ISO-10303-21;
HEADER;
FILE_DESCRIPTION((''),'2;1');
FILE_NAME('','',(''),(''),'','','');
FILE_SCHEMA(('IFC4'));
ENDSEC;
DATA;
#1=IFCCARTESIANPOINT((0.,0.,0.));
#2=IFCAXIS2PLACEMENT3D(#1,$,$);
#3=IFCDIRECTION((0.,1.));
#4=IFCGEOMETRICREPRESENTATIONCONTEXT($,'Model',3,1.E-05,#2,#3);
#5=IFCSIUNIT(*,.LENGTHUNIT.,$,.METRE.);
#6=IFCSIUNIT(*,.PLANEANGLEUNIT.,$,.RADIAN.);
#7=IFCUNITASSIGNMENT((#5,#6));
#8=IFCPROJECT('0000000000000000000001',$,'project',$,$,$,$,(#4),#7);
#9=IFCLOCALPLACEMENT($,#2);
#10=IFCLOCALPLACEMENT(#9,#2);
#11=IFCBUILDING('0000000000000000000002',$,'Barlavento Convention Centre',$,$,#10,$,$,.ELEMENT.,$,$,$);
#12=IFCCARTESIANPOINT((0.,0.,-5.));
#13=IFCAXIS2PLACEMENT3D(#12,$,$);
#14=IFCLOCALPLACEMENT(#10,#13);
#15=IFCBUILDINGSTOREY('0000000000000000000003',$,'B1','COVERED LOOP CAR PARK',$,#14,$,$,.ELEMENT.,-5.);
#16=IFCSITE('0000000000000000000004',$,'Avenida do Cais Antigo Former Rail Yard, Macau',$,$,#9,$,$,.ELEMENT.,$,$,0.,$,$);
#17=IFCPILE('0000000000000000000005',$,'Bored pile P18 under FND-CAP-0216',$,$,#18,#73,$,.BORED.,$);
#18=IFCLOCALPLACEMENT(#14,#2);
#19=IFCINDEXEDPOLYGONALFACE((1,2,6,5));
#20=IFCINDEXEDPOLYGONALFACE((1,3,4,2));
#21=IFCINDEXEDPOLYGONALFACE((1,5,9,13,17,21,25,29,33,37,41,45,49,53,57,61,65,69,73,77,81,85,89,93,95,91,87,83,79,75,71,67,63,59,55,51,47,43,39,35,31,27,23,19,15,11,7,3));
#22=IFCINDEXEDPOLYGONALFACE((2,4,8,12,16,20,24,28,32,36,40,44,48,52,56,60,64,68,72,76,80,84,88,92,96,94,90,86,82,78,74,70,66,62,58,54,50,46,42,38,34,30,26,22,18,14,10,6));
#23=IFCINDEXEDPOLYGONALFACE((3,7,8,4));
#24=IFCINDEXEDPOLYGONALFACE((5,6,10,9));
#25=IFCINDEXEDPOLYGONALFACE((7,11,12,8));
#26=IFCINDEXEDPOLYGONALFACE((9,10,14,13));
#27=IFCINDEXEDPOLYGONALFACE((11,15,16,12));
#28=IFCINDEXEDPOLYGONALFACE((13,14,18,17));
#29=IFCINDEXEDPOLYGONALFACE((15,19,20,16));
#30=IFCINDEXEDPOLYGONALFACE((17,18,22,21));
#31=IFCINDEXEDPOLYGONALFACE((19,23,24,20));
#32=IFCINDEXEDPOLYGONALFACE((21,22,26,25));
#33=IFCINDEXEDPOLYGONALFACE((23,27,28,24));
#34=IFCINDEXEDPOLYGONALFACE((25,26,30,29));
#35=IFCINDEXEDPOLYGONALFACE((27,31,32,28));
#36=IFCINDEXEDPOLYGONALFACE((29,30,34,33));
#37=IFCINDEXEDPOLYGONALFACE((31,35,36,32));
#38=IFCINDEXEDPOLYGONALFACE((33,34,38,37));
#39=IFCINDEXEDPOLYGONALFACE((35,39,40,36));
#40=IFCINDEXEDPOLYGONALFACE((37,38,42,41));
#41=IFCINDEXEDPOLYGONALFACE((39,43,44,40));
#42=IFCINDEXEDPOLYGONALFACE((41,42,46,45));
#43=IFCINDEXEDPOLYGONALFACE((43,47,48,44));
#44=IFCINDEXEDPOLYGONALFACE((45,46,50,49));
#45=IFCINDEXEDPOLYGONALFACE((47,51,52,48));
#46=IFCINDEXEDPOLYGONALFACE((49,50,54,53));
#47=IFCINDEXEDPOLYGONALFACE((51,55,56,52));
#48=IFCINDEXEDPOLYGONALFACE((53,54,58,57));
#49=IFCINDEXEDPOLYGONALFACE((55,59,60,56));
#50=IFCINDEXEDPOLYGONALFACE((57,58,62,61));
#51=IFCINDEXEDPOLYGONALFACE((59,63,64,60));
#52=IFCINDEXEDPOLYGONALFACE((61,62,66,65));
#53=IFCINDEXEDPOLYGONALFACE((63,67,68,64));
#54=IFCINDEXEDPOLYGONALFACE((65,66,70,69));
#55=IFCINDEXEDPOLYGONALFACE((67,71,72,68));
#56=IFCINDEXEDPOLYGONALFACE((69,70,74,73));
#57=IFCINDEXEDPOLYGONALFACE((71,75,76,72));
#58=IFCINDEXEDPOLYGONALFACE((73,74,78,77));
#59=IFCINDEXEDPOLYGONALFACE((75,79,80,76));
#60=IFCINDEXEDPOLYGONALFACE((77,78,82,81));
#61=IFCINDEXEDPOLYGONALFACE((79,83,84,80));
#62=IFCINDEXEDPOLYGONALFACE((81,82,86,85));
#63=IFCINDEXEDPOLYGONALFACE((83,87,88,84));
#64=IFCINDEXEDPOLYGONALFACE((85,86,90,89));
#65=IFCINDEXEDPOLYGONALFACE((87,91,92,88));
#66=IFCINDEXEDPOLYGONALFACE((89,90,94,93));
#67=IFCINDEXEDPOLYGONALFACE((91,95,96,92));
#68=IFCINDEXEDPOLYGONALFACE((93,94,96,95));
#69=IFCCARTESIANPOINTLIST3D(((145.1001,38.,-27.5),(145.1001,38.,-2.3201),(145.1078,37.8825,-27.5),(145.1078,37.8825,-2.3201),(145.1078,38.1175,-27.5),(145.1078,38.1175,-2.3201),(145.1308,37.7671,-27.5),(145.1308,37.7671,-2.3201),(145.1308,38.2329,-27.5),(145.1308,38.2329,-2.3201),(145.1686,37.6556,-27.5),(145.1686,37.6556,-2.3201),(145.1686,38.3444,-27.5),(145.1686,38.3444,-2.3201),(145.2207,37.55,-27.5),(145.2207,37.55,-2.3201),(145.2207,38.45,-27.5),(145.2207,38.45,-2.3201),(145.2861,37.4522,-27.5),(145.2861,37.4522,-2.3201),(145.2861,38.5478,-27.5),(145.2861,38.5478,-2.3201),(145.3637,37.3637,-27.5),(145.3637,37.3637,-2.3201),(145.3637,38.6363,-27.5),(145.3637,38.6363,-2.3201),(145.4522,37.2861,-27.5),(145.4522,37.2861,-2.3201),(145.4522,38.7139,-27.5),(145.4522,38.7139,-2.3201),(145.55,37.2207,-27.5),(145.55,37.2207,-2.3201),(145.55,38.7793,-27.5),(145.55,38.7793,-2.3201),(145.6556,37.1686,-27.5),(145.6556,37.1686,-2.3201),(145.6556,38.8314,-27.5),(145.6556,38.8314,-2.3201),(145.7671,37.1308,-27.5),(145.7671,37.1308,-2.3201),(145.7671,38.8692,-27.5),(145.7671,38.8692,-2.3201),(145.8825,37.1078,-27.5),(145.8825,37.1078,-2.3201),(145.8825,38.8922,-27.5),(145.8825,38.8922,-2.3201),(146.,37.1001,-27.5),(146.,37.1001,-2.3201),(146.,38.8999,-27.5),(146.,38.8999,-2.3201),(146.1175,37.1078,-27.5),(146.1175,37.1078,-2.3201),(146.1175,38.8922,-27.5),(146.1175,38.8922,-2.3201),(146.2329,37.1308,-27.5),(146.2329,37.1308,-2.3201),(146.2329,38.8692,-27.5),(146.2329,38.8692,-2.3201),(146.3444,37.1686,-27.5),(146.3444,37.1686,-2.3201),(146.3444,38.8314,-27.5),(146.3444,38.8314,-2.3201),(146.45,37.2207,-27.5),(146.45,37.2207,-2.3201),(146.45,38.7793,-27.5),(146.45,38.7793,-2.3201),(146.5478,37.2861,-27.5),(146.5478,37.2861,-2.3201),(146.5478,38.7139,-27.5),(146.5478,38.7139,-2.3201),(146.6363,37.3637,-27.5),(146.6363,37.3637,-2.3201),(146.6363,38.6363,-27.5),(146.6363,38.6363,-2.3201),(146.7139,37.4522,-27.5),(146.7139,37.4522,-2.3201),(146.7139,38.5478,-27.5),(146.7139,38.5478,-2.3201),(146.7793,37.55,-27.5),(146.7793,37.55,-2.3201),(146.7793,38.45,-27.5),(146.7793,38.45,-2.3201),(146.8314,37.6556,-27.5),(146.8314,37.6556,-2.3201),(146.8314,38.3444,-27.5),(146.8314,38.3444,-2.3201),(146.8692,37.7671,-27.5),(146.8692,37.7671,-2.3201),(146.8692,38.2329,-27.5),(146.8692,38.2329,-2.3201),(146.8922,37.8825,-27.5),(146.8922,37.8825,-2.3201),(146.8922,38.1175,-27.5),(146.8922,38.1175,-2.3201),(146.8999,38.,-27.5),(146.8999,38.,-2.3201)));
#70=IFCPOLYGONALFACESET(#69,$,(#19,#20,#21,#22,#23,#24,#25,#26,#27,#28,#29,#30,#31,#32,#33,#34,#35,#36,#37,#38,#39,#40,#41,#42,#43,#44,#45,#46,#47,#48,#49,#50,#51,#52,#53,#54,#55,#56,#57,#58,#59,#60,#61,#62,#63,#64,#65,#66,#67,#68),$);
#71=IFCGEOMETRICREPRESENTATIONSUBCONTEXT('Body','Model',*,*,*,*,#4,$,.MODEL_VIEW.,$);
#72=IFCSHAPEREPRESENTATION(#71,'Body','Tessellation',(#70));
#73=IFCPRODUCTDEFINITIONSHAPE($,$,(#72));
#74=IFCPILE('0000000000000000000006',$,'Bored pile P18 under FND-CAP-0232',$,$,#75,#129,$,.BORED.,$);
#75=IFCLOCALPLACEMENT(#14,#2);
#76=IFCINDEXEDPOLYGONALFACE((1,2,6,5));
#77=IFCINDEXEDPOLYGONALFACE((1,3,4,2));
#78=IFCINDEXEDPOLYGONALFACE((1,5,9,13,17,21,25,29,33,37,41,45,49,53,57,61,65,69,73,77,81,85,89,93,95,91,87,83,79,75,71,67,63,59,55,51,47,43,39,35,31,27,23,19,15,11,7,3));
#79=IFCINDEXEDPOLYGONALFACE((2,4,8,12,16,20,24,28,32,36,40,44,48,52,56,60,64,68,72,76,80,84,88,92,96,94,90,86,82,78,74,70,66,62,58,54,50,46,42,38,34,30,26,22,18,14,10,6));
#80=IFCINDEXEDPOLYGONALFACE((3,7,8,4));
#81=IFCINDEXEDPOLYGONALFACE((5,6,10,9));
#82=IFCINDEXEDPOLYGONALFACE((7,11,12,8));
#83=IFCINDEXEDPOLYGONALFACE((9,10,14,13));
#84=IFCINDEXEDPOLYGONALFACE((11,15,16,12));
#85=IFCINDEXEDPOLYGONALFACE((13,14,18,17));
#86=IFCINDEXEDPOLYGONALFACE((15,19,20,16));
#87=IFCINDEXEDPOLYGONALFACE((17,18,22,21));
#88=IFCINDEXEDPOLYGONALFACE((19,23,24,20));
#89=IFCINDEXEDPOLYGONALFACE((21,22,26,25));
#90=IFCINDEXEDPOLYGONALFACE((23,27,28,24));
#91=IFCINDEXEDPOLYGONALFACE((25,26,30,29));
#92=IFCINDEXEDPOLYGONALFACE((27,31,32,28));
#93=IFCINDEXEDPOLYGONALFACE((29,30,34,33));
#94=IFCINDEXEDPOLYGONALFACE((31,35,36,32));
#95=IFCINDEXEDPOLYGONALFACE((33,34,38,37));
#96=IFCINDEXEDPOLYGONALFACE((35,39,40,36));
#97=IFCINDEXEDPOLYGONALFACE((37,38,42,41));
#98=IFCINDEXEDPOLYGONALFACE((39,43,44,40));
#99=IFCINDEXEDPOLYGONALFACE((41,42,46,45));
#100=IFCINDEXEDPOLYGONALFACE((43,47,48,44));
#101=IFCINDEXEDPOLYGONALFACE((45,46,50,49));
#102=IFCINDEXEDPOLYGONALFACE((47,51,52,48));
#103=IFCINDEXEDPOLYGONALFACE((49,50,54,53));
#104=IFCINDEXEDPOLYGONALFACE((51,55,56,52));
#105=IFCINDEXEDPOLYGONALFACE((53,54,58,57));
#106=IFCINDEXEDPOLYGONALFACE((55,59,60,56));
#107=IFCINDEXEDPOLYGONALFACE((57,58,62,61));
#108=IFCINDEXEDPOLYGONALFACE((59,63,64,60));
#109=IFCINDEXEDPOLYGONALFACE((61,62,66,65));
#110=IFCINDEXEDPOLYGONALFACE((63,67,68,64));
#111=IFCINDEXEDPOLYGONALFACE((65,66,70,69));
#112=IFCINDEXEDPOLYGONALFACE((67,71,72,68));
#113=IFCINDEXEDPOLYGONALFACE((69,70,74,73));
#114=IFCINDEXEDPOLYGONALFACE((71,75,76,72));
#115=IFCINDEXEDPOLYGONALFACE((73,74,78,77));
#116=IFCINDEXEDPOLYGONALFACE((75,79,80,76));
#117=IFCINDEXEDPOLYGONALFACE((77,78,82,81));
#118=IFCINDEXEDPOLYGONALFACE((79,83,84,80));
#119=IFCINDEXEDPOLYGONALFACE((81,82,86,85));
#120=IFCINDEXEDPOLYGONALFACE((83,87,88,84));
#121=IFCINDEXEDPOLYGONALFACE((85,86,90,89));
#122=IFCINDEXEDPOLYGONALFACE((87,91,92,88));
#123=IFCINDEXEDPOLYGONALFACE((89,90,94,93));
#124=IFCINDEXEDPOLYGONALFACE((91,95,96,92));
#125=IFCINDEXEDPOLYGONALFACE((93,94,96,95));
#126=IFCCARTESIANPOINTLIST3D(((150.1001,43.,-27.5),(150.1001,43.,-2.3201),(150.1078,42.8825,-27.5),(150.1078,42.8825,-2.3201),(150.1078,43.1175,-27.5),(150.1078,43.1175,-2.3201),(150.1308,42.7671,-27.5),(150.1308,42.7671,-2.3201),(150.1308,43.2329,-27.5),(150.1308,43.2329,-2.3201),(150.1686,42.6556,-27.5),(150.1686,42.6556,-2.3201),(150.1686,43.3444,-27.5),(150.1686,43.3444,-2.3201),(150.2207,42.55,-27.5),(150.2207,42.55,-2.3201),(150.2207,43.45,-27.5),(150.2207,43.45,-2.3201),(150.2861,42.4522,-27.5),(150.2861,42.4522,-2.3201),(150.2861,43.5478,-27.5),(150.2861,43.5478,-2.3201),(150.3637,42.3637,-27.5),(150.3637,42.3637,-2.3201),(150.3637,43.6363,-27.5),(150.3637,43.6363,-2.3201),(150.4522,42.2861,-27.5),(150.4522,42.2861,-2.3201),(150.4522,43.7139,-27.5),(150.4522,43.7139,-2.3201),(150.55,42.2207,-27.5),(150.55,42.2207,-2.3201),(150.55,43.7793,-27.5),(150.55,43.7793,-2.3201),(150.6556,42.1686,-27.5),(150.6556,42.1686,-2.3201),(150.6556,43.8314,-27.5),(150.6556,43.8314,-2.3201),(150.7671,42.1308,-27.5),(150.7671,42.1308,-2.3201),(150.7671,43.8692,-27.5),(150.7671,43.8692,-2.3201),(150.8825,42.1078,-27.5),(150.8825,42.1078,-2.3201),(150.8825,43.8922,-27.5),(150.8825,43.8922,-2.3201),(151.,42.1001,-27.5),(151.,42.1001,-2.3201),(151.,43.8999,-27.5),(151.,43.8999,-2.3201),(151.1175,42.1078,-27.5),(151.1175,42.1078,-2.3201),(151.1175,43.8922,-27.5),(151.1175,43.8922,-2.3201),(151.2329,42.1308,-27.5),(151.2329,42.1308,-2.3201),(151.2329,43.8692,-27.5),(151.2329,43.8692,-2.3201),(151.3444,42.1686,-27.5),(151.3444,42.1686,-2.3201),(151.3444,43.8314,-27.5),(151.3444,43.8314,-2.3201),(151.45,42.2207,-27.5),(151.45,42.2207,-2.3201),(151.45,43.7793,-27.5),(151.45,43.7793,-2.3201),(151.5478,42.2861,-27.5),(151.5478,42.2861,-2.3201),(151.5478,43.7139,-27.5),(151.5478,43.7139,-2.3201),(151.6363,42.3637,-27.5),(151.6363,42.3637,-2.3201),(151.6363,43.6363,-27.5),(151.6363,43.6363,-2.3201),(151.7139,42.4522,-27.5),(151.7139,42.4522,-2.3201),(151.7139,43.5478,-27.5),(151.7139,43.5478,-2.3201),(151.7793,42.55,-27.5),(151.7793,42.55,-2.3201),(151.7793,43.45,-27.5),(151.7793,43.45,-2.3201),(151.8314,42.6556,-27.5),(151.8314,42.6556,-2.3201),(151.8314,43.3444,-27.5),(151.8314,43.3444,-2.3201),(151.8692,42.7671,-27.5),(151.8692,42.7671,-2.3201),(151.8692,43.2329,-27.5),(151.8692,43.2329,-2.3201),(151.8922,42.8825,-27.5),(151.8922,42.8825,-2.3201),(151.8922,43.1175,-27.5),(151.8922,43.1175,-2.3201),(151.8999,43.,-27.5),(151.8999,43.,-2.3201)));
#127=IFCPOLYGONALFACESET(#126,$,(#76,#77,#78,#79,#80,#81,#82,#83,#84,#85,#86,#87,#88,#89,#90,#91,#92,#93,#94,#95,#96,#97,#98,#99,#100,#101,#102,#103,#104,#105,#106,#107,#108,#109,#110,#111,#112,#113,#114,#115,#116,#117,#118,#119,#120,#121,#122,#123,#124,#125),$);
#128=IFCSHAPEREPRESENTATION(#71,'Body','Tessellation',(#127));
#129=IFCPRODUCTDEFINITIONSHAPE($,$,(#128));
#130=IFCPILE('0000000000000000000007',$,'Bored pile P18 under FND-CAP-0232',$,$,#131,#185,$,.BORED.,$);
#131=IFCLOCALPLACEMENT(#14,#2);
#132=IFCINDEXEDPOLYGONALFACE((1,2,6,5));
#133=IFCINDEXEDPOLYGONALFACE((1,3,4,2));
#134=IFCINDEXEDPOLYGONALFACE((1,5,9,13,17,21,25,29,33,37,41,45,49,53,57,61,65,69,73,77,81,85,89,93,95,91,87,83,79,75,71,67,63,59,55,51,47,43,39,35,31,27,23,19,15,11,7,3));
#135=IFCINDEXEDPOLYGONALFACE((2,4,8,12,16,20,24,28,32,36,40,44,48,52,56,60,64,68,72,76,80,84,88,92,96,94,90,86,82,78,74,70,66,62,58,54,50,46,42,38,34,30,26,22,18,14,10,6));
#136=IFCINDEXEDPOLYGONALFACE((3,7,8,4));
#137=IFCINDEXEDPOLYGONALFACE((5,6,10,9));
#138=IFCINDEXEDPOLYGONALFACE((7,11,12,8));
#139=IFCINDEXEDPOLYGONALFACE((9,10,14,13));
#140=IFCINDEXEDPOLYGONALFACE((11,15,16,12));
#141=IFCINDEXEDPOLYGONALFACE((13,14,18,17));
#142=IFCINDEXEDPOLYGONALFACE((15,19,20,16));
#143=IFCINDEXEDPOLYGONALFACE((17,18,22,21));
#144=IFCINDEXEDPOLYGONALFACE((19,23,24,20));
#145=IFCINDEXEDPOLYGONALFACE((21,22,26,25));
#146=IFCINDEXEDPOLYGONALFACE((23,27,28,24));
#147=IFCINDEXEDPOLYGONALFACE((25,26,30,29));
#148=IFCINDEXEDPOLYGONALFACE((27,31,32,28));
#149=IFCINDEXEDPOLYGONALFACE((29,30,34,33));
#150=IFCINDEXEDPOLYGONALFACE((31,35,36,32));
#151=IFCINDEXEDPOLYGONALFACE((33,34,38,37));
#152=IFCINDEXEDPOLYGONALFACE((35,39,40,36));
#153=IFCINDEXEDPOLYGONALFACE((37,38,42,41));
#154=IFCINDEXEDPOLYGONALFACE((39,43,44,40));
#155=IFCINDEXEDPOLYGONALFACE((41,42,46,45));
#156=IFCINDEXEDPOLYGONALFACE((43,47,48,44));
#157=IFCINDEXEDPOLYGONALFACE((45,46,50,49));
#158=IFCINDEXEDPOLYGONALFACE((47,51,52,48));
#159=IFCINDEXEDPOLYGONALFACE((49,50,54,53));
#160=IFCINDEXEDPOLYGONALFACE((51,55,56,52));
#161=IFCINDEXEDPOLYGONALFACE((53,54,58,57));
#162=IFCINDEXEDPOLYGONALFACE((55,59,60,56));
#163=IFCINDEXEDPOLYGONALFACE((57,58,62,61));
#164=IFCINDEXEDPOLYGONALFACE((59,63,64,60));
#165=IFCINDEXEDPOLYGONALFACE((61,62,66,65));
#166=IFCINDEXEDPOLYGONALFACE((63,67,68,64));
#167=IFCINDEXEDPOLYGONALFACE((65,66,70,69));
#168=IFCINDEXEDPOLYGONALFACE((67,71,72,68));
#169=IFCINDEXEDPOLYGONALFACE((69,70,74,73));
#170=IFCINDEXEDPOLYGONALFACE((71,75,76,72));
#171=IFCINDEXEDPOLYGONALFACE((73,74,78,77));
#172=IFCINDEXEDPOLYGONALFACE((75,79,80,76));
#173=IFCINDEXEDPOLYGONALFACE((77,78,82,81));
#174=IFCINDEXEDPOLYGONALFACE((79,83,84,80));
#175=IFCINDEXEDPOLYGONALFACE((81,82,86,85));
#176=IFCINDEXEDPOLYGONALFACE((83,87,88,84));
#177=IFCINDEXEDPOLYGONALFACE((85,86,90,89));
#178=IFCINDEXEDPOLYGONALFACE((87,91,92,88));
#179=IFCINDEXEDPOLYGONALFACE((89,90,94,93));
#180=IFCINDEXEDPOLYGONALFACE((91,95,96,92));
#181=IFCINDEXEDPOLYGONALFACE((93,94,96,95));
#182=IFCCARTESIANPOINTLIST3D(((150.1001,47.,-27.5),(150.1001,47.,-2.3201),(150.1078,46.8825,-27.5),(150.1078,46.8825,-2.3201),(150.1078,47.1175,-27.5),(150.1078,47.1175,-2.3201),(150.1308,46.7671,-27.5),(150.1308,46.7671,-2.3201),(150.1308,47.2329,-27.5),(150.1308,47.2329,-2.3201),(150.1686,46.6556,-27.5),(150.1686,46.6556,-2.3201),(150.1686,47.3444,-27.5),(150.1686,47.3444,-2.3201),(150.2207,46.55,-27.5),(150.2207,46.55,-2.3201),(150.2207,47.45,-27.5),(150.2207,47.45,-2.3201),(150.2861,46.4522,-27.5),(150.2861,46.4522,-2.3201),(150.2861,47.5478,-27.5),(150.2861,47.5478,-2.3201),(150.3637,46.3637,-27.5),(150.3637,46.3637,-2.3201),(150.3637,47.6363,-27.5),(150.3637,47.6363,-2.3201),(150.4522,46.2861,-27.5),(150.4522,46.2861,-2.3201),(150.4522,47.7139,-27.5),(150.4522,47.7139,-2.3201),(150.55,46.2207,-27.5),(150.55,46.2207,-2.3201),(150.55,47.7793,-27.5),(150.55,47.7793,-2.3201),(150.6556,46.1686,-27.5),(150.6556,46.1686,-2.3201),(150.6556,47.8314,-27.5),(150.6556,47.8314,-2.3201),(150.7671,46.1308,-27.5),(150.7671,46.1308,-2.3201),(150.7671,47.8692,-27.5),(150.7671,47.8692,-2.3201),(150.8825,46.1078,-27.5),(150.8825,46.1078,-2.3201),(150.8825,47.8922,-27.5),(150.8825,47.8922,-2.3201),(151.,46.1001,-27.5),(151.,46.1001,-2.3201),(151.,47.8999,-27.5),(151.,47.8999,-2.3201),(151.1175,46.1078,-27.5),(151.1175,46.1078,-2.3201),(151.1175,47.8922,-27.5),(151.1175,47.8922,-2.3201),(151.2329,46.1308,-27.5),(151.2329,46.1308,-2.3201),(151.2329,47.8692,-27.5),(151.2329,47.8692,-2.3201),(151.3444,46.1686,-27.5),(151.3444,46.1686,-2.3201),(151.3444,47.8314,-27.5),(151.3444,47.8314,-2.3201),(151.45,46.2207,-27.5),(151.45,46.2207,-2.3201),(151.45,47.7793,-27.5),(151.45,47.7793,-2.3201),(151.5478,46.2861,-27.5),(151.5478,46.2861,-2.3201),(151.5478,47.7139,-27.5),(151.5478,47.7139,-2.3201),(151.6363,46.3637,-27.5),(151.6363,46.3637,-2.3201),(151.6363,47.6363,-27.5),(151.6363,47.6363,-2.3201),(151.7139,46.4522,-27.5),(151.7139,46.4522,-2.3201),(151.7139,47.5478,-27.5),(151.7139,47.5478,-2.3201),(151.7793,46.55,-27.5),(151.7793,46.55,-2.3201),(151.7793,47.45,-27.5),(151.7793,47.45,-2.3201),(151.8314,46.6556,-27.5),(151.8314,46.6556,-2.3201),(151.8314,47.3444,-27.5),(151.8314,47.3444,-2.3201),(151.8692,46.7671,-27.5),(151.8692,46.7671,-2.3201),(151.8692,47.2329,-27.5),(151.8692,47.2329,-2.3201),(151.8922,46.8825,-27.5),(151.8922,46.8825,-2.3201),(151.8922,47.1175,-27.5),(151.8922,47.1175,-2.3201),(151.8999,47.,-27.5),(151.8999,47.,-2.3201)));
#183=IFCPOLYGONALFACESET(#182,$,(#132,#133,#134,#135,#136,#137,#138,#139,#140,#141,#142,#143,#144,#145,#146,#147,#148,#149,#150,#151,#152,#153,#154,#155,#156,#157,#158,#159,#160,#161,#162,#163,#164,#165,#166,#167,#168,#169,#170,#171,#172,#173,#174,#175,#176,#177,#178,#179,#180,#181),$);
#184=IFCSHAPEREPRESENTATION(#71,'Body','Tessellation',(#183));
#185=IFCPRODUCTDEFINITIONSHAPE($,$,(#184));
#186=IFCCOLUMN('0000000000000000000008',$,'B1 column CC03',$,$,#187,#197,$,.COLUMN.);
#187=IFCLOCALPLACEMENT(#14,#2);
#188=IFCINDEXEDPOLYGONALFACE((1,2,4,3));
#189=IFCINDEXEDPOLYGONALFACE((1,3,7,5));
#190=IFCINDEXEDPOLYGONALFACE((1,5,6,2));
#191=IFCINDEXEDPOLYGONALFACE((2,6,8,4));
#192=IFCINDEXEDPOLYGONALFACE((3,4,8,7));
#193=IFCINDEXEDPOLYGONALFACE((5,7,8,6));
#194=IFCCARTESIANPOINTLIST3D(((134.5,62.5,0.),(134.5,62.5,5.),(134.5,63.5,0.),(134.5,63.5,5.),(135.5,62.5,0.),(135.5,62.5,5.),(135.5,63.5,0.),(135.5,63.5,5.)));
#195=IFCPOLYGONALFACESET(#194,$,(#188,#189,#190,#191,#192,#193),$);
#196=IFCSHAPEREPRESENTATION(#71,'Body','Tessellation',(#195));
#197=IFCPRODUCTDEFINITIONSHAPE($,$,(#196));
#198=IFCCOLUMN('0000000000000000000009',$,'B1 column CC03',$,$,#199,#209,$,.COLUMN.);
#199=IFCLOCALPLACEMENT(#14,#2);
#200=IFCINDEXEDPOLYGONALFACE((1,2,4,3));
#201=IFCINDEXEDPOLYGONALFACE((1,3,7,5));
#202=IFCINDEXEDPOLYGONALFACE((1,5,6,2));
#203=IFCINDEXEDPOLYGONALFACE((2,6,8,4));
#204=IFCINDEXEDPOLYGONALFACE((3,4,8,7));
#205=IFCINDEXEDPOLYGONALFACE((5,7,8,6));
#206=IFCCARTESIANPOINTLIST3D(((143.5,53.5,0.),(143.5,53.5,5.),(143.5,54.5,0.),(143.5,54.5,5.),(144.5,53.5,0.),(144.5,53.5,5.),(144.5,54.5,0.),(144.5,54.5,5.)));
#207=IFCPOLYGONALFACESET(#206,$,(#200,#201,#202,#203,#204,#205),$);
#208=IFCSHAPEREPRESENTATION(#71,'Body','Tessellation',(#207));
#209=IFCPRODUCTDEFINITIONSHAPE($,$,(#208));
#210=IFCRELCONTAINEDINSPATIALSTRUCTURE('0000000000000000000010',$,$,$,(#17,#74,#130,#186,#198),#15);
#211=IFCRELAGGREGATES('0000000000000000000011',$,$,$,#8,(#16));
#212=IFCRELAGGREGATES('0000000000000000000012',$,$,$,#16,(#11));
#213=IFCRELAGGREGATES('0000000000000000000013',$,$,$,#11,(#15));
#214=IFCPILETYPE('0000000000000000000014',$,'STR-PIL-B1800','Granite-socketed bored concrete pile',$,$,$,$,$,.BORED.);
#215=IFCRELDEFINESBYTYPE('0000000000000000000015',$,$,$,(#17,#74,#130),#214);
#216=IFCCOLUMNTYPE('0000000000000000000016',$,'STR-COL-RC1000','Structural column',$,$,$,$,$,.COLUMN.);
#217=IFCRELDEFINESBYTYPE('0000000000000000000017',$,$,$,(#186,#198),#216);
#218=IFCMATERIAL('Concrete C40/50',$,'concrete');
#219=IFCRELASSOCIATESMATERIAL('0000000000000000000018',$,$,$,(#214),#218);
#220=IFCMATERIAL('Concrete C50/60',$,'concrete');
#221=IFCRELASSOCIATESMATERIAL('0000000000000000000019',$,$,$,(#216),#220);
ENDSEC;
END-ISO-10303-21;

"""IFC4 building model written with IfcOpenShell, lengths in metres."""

from ifc_helpers import new_model, si_unit, direction, frame, origin, origin_2d, place, context, subcontext, project, spatial, rectangle, circle, extrude, material, material_profile, profile_set, type_object, element, save


model = new_model("IFC4")

# Units and contexts
model_context = context("Model", 3, precision=1e-05, world=origin(), true_north=direction((0.0, 1.0)))
body_context = subcontext(model_context, "Body", "Model", "MODEL_VIEW")
ifc_project = project(units=[si_unit("LENGTHUNIT", "METRE"), si_unit("PLANEANGLEUNIT", "RADIAN")], contexts=[model_context])

# Site, building, storey
site_placement = place(None, origin())
site = spatial("IfcSite", under=ifc_project, at=site_placement, Name="Avenida do Cais Antigo Former Rail Yard, Macau", CompositionType="ELEMENT", RefElevation=0.0)
building_placement = place(site_placement, origin())
building = spatial("IfcBuilding", under=site, at=building_placement, Name="Barlavento Convention Centre", CompositionType="ELEMENT")
storey_placement = place(building_placement, frame((0.0, 0.0, -5.0)))
storey = spatial("IfcBuildingStorey", under=building, at=storey_placement, Name="B1", Description="COVERED LOOP CAR PARK", CompositionType="ELEMENT", Elevation=-5.0)

# Shared definitions
ifc_material_1 = material(Name="Concrete C40/50", Category="concrete")

# Piles
ifc_material_profile_1 = material_profile(ifc_material_1, circle(Radius=0.8999, at=origin_2d()), Name="BORED PILE 1800")
ifc_profile_set_1 = profile_set([ifc_material_profile_1], Name="Concrete C40/50")
pile_type_1 = type_object("IfcPileType", Name="STR-PIL-B1800", Description="Granite-socketed bored concrete pile", PredefinedType="BORED", material=ifc_profile_set_1)
for number, where, z_axis, x_axis, name in (
    (1, (146.0, 38.0, -2.3201), (0.0, 0.0, -1.0), (1.0, 0.0, 0.0), "Bored pile P18 under FND-CAP-0216"),
    (2, (151.0, 43.0, -2.3201), (0.0, 0.0, -1.0), (1.0, 0.0, 0.0), "Bored pile P18 under FND-CAP-0232"),
    (3, (151.0, 47.0, -2.3201), (0.0, 0.0, -1.0), (1.0, 0.0, 0.0), "Bored pile P18 under FND-CAP-0232"),
):
    element("IfcPile", number, at=place(storey_placement, frame(where, z_axis=z_axis, x_axis=x_axis)), inside=storey, type_object=pile_type_1, Name=name, PredefinedType="BORED", context=body_context, shape_type="SweptSolid", body=[
        extrude(circle(Radius=0.8999, at=origin_2d()), origin(), (0.0, 0.0, 1.0), 25.1799),
    ])

# Columns
ifc_material_2 = material(Name="Concrete C50/60", Category="concrete")
ifc_material_profile_2 = material_profile(ifc_material_2, rectangle(XDim=1.0, YDim=1.0, at=origin_2d()), Name="RC 1000x1000")
ifc_profile_set_2 = profile_set([ifc_material_profile_2], Name="Concrete C50/60")
column_type_1 = type_object("IfcColumnType", Name="STR-COL-RC1000", Description="Structural column", PredefinedType="COLUMN", material=ifc_profile_set_2)
for number, where, z_axis, x_axis, name in (
    (4, (135.0, 63.0, 0.0), (0.0, 0.0, 1.0), (1.0, 0.0, 0.0), "B1 column CC03"),
    (5, (144.0, 54.0, 0.0), (0.0, 0.0, 1.0), (1.0, 0.0, 0.0), "B1 column CC03"),
):
    element("IfcColumn", number, at=place(storey_placement, frame(where, z_axis=z_axis, x_axis=x_axis)), inside=storey, type_object=column_type_1, Name=name, PredefinedType="COLUMN", context=body_context, shape_type="SweptSolid", body=[
        extrude(rectangle(XDim=1.0, YDim=1.0, at=origin_2d()), origin(), (0.0, 0.0, 1.0), 5.0),
    ])

save(model, "model.ifc")
